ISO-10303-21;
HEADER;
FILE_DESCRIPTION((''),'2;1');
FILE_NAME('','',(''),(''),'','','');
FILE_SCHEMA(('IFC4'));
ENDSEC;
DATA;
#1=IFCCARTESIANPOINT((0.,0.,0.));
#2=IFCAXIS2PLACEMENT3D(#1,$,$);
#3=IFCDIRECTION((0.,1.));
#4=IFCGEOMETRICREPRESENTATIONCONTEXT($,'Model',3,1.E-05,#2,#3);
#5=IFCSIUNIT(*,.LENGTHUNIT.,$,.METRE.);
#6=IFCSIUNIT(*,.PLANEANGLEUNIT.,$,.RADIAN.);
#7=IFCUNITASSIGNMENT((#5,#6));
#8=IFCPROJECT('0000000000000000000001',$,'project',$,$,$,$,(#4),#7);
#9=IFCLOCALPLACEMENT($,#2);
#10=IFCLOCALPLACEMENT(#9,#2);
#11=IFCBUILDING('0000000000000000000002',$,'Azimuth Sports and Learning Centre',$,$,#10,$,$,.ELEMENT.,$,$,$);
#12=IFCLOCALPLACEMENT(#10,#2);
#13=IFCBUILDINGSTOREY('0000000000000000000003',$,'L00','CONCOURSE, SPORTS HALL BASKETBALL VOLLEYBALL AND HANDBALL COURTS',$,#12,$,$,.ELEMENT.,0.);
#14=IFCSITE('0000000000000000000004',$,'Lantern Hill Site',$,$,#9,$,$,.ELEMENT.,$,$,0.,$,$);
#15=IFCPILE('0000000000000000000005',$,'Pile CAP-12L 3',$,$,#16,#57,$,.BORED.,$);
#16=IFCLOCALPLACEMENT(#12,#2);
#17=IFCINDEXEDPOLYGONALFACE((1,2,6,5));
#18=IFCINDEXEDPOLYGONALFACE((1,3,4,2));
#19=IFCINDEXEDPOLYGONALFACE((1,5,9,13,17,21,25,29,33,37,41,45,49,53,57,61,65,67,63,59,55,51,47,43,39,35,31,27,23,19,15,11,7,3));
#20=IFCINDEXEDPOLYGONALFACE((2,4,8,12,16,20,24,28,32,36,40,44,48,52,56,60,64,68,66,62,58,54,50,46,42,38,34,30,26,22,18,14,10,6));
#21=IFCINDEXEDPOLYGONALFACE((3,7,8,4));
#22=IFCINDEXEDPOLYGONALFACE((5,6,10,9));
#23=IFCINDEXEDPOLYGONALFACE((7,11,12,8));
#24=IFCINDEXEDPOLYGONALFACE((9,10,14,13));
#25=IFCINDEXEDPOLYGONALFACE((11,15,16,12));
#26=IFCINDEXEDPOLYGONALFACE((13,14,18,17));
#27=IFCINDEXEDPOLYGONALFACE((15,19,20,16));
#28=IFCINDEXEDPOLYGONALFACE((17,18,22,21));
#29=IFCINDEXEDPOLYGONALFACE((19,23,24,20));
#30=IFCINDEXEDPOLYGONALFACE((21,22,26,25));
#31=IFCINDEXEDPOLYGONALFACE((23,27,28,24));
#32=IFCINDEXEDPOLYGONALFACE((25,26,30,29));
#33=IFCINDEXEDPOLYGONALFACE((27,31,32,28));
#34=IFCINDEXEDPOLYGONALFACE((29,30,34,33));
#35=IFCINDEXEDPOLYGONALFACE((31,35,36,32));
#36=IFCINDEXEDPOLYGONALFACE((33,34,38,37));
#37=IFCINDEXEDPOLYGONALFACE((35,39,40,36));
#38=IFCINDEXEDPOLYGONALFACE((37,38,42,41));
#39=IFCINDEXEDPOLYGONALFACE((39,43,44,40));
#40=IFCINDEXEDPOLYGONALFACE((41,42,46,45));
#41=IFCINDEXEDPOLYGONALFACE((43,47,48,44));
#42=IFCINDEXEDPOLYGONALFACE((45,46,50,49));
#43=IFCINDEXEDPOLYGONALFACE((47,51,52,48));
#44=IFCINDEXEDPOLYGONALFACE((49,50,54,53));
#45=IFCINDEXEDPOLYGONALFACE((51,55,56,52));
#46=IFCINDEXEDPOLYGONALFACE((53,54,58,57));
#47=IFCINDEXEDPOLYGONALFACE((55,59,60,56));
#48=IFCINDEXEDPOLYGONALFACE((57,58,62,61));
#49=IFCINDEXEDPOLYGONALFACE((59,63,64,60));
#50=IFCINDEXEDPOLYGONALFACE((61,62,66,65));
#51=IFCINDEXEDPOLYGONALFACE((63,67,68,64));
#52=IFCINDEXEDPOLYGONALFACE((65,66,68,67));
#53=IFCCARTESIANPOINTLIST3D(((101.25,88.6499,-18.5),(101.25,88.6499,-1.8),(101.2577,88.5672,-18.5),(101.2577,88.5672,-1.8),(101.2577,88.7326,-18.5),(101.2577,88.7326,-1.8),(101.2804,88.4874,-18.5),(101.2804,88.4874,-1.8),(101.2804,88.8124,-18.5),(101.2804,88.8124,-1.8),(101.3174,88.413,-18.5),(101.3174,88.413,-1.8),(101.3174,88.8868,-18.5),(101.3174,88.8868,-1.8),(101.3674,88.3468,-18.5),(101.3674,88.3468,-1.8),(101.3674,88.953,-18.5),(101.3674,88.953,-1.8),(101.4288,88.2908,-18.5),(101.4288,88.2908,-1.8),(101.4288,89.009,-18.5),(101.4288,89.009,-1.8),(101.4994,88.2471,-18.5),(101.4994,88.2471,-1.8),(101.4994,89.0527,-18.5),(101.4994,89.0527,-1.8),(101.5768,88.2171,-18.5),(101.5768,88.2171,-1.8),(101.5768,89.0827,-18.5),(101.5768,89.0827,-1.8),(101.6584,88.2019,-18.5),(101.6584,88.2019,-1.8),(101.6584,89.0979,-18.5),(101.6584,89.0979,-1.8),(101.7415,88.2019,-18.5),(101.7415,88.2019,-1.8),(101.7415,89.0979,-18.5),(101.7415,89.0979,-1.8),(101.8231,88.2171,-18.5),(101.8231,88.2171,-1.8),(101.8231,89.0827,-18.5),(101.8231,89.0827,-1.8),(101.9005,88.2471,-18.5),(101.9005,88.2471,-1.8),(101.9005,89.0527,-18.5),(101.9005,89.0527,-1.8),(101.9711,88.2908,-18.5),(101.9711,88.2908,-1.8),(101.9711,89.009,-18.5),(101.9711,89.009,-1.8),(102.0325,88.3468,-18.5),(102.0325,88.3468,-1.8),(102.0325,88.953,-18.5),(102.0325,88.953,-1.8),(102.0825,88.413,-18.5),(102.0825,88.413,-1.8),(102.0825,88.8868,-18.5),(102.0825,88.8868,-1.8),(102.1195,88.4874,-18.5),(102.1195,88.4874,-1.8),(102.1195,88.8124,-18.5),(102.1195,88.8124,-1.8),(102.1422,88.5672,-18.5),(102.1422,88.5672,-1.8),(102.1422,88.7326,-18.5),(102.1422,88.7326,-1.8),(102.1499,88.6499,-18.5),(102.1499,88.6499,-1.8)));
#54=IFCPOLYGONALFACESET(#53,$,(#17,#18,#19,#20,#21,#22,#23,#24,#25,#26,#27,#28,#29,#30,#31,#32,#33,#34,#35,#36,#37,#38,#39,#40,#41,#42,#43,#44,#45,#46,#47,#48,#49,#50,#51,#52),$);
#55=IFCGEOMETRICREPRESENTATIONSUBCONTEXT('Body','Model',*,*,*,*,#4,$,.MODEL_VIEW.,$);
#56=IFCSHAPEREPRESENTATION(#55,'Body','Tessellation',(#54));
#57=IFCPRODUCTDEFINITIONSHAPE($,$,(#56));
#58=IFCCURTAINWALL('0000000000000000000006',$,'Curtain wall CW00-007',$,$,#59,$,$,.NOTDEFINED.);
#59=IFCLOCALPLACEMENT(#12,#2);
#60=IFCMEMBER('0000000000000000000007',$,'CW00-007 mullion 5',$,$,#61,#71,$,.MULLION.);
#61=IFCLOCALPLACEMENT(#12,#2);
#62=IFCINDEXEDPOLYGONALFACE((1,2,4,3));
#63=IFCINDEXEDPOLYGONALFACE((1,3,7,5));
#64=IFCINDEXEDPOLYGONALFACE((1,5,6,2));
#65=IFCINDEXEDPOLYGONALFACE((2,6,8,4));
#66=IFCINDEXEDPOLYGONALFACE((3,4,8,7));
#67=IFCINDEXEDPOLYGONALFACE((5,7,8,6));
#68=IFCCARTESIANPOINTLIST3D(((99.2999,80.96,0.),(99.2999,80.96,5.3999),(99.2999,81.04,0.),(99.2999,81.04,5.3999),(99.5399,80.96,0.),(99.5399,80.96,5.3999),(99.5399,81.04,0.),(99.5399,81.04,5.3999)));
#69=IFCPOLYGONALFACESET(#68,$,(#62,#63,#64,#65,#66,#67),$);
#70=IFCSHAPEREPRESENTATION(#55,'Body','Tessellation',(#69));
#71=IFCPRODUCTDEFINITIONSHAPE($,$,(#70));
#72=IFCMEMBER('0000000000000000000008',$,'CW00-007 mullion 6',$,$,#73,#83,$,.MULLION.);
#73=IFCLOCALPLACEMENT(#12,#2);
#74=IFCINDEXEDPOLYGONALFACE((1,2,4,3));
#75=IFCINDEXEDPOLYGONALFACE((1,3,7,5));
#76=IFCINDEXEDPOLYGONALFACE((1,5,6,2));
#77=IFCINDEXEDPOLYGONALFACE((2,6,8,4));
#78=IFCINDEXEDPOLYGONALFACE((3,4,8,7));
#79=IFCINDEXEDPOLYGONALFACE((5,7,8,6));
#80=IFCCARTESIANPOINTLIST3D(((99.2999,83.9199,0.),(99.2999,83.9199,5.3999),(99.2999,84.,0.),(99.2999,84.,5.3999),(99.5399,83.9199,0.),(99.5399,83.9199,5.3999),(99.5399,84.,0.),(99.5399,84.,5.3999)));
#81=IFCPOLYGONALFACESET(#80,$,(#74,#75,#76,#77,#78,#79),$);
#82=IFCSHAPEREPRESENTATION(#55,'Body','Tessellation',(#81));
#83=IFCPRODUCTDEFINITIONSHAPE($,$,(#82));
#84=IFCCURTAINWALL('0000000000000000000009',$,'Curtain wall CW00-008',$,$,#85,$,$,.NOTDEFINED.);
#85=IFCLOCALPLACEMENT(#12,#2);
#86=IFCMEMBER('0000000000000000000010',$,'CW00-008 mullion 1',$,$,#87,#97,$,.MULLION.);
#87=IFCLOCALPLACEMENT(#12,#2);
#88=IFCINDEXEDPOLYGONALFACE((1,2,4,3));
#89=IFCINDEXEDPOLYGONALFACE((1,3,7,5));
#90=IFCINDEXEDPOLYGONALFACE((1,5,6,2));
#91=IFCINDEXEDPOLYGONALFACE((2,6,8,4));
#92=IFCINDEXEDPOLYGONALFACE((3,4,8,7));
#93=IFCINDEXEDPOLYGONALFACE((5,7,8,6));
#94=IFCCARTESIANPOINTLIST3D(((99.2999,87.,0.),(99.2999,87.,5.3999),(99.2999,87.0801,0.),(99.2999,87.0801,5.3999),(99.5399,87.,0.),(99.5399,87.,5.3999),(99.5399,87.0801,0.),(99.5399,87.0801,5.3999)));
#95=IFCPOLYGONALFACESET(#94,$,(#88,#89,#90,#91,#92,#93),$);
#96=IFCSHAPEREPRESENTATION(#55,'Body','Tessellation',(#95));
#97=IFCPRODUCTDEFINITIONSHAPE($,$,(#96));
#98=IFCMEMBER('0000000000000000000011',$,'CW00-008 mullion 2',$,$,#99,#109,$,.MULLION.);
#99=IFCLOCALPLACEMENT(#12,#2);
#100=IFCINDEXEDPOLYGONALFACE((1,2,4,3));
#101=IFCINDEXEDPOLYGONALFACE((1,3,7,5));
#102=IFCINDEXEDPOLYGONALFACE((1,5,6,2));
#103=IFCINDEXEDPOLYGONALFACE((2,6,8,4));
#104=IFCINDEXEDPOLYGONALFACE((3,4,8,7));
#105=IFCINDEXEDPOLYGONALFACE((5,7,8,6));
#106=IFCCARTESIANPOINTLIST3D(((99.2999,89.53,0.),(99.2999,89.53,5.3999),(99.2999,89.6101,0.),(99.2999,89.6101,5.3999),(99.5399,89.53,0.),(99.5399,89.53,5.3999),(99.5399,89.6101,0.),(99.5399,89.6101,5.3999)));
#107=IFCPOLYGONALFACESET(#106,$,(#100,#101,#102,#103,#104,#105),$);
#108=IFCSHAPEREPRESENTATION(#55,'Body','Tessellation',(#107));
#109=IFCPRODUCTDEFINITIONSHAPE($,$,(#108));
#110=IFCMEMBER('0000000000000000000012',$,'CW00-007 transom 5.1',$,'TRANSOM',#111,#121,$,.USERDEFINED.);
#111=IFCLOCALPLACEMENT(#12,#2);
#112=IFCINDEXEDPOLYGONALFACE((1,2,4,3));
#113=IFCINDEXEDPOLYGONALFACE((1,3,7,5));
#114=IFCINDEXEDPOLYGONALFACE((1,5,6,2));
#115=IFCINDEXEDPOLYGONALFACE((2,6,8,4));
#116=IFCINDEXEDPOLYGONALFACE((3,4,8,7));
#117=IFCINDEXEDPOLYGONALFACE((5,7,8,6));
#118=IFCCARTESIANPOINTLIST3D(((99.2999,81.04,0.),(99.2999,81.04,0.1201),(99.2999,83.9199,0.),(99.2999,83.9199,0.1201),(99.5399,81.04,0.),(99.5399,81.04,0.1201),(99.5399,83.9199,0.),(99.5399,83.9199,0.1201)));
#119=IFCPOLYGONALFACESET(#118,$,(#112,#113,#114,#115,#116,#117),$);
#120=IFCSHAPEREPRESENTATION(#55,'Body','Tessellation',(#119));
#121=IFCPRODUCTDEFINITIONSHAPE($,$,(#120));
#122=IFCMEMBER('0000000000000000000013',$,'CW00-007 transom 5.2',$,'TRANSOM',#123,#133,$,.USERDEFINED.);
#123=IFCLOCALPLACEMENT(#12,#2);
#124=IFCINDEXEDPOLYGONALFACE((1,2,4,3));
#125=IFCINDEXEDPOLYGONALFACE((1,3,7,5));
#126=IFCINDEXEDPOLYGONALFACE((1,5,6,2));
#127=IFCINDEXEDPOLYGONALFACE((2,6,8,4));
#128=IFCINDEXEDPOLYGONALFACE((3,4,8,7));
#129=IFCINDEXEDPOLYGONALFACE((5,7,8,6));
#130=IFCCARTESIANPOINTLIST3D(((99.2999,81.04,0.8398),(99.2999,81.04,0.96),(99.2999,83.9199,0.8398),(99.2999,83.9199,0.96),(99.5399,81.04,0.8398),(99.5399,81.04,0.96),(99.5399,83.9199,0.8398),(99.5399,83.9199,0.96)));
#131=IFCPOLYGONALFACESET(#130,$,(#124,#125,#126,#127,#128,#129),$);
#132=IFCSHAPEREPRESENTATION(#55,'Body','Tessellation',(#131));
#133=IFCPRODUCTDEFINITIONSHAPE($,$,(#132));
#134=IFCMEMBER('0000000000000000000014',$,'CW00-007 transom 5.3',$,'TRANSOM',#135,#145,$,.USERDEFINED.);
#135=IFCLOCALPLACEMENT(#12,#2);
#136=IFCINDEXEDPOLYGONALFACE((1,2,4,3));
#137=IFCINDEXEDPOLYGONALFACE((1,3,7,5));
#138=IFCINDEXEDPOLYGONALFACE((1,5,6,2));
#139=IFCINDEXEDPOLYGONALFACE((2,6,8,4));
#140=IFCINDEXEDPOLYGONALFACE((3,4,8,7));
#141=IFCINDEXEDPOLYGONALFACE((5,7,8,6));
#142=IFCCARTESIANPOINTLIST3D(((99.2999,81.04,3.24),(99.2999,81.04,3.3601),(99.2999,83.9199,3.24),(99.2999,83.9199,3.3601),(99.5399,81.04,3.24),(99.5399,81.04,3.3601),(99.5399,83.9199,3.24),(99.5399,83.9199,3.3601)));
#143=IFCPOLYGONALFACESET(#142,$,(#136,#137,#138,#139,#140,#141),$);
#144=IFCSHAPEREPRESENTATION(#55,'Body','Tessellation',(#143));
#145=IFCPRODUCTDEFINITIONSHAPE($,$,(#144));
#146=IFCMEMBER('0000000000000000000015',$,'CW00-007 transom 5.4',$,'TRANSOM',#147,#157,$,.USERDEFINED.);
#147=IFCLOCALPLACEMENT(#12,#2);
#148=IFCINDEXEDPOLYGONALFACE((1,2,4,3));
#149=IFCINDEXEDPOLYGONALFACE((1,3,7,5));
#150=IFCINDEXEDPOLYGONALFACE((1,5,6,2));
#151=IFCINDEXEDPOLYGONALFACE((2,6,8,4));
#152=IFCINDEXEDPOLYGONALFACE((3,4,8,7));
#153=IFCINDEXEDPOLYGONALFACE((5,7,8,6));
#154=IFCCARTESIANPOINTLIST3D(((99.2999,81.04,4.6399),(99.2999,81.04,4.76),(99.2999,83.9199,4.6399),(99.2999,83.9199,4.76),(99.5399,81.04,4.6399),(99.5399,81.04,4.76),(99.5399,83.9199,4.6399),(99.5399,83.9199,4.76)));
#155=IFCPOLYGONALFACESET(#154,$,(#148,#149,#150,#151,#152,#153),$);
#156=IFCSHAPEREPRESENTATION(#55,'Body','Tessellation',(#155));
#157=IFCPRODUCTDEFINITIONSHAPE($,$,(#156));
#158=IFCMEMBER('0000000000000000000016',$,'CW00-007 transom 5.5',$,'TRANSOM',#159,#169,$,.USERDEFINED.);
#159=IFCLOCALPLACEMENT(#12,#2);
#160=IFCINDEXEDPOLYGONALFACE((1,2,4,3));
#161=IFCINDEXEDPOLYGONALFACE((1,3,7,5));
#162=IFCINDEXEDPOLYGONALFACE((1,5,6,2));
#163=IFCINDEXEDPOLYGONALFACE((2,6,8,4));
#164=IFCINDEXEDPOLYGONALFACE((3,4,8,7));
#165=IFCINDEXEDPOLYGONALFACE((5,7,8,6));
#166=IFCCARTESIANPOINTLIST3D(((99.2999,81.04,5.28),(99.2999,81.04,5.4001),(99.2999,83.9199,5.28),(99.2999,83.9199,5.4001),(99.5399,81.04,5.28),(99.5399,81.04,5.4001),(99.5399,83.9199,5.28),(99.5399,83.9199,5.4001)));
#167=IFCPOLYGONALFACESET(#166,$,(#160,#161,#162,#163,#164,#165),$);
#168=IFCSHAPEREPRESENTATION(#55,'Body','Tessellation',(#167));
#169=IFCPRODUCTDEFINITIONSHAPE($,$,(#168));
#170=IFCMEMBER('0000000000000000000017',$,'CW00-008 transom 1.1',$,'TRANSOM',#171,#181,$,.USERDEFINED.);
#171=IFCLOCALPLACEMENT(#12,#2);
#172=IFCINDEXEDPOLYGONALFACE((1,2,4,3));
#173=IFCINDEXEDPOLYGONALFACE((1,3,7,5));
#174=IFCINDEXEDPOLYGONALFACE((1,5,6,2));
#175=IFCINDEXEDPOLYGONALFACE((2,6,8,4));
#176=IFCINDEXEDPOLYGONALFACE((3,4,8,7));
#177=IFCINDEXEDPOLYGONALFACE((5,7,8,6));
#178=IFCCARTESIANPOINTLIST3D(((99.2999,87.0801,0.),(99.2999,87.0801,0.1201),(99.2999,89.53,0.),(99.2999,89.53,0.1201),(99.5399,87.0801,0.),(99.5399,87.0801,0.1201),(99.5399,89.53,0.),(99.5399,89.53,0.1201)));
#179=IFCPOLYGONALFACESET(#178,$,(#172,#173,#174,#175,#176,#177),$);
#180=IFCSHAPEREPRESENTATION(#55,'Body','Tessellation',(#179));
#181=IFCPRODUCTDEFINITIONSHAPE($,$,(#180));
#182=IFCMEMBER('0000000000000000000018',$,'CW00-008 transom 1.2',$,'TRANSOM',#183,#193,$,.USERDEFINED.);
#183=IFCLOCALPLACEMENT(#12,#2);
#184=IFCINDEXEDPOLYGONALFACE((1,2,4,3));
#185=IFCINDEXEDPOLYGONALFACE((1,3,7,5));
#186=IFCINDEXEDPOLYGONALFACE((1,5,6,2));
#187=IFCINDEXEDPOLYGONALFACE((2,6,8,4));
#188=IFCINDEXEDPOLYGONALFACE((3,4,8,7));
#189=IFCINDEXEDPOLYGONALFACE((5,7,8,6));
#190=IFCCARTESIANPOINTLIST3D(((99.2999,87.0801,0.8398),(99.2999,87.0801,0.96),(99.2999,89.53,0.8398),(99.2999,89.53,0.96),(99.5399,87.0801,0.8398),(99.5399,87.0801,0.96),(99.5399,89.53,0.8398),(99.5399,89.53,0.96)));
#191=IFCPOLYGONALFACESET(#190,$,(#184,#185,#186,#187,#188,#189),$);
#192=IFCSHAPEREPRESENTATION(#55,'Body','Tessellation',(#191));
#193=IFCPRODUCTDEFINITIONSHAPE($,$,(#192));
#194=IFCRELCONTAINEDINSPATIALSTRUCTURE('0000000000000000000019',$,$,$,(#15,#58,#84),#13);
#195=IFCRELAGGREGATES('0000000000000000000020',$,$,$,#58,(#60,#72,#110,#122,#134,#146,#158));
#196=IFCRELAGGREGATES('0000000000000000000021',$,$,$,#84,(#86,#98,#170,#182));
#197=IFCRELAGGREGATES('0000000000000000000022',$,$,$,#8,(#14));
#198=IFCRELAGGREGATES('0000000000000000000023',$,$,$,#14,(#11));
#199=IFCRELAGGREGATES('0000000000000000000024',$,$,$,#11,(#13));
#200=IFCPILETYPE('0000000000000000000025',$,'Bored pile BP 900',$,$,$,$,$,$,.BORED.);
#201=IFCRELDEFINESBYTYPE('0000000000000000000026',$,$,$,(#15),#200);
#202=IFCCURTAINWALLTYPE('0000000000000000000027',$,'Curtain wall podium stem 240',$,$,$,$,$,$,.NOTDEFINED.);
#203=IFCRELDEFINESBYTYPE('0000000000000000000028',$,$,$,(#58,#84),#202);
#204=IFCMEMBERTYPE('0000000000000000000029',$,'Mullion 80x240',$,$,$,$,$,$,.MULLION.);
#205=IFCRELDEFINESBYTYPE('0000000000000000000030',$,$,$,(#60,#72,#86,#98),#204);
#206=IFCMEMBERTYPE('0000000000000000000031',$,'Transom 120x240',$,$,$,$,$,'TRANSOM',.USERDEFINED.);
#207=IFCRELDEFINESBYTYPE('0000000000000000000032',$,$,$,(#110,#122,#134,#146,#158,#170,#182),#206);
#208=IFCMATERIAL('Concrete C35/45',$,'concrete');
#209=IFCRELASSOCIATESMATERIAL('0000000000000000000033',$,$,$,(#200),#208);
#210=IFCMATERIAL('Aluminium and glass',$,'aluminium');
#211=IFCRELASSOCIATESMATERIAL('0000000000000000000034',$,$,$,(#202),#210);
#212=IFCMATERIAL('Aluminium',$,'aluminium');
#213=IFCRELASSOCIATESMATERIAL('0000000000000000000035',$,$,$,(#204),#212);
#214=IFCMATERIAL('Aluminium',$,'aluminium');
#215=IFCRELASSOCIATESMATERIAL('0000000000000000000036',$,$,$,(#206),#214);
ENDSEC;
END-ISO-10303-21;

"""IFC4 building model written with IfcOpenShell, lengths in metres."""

from ifc_helpers import new_model, si_unit, direction, frame, origin, origin_2d, place, context, subcontext, project, spatial, rectangle, circle, extrude, material, material_profile, profile_set, type_object, element, aggregate, save


model = new_model("IFC4")

# Units and contexts
model_context = context("Model", 3, precision=1e-05, world=origin(), true_north=direction((0.0, 1.0)))
body_context = subcontext(model_context, "Body", "Model", "MODEL_VIEW")
ifc_project = project(units=[si_unit("LENGTHUNIT", "METRE"), si_unit("PLANEANGLEUNIT", "RADIAN")], contexts=[model_context])

# Site, building, storey
site_placement = place(None, origin())
site = spatial("IfcSite", under=ifc_project, at=site_placement, Name="Lantern Hill Site", CompositionType="ELEMENT", RefElevation=0.0)
building_placement = place(site_placement, origin())
building = spatial("IfcBuilding", under=site, at=building_placement, Name="Azimuth Sports and Learning Centre", CompositionType="ELEMENT")
storey_placement = place(building_placement, origin())
storey = spatial("IfcBuildingStorey", under=building, at=storey_placement, Name="L00", Description="CONCOURSE, SPORTS HALL BASKETBALL VOLLEYBALL AND HANDBALL COURTS", CompositionType="ELEMENT", Elevation=0.0)

# Pile
ifc_material_1 = material(Name="Concrete C35/45", Category="concrete")
ifc_material_profile_1 = material_profile(ifc_material_1, circle(Radius=0.45, at=origin_2d()), Name="BP 900")
ifc_profile_set_1 = profile_set([ifc_material_profile_1], Name="Concrete C35/45")
pile_type = type_object("IfcPileType", Name="Bored pile BP 900", PredefinedType="BORED", material=ifc_profile_set_1)
pile_placement = place(storey_placement, frame((101.7, 88.6499, -1.8), z_axis=(0.0, 0.0, -1.0), x_axis=(1.0, 0.0, 0.0)))
element("IfcPile", 1, at=pile_placement, inside=storey, type_object=pile_type, Name="Pile CAP-12L 3", PredefinedType="BORED", context=body_context, shape_type="SweptSolid", body=[
    extrude(circle(Radius=0.45, at=origin_2d()), origin(), (0.0, 0.0, 1.0), 16.7),
])

# Curtain walls, members
ifc_material_2 = material(Name="Aluminium and glass", Category="aluminium")
curtain_wall_type = type_object("IfcCurtainWallType", Name="Curtain wall podium stem 240", PredefinedType="NOTDEFINED", material=ifc_material_2)
curtain_wall_1_placement = place(storey_placement, origin())
curtain_wall_1 = element("IfcCurtainWall", 2, at=curtain_wall_1_placement, inside=storey, type_object=curtain_wall_type, Name="Curtain wall CW00-007", PredefinedType="NOTDEFINED")
ifc_material_3 = material(Name="Aluminium", Category="aluminium")
ifc_material_profile_2 = material_profile(ifc_material_3, rectangle(XDim=0.24, YDim=0.0801, at=origin_2d()), Name="Mullion 80x240")
ifc_profile_set_2 = profile_set([ifc_material_profile_2], Name="Aluminium")
member_type_1 = type_object("IfcMemberType", Name="Mullion 80x240", PredefinedType="MULLION", material=ifc_profile_set_2)
member_1_placement = place(storey_placement, frame((99.4199, 81.0, 0.0), z_axis=(0.0, 0.0, 1.0), x_axis=(-1.0, 0.0, 0.0)))
member_1 = element("IfcMember", 3, at=member_1_placement, type_object=member_type_1, Name="CW00-007 mullion 5", PredefinedType="MULLION", context=body_context, shape_type="SweptSolid", body=[
    extrude(rectangle(XDim=0.24, YDim=0.0801, at=origin_2d()), origin(), (0.0, 0.0, 1.0), 5.3999),
])
member_2_placement = place(storey_placement, frame((99.4199, 83.96, 0.0), z_axis=(0.0, 0.0, 1.0), x_axis=(-1.0, 0.0, 0.0)))
member_2 = element("IfcMember", 4, at=member_2_placement, type_object=member_type_1, Name="CW00-007 mullion 6", PredefinedType="MULLION", context=body_context, shape_type="SweptSolid", body=[
    extrude(rectangle(XDim=0.24, YDim=0.0801, at=origin_2d()), origin(), (0.0, 0.0, 1.0), 5.3999),
])
curtain_wall_2_placement = place(storey_placement, origin())
curtain_wall_2 = element("IfcCurtainWall", 5, at=curtain_wall_2_placement, inside=storey, type_object=curtain_wall_type, Name="Curtain wall CW00-008", PredefinedType="NOTDEFINED")
member_3_placement = place(storey_placement, frame((99.4199, 87.04, 0.0), z_axis=(0.0, 0.0, 1.0), x_axis=(-1.0, 0.0, 0.0)))
member_3 = element("IfcMember", 6, at=member_3_placement, type_object=member_type_1, Name="CW00-008 mullion 1", PredefinedType="MULLION", context=body_context, shape_type="SweptSolid", body=[
    extrude(rectangle(XDim=0.24, YDim=0.0801, at=origin_2d()), origin(), (0.0, 0.0, 1.0), 5.3999),
])
member_4_placement = place(storey_placement, frame((99.4199, 89.5701, 0.0), z_axis=(0.0, 0.0, 1.0), x_axis=(-1.0, 0.0, 0.0)))
member_4 = element("IfcMember", 7, at=member_4_placement, type_object=member_type_1, Name="CW00-008 mullion 2", PredefinedType="MULLION", context=body_context, shape_type="SweptSolid", body=[
    extrude(rectangle(XDim=0.24, YDim=0.0801, at=origin_2d()), origin(), (0.0, 0.0, 1.0), 5.3999),
])

# Members
ifc_material_4 = material(Name="Aluminium", Category="aluminium")
ifc_material_profile_3 = material_profile(ifc_material_4, rectangle(XDim=0.24, YDim=0.1201, at=origin_2d()), Name="Transom 120x240")
ifc_profile_set_3 = profile_set([ifc_material_profile_3], Name="Aluminium")
member_type_2 = type_object("IfcMemberType", Name="Transom 120x240", ElementType="TRANSOM", PredefinedType="USERDEFINED", material=ifc_profile_set_3)
member_5_placement = place(storey_placement, frame((99.4199, 81.04, 0.0601), z_axis=(0.0, 1.0, 0.0), x_axis=(-1.0, 0.0, 0.0)))
member_5 = element("IfcMember", 8, at=member_5_placement, type_object=member_type_2, Name="CW00-007 transom 5.1", ObjectType="TRANSOM", PredefinedType="USERDEFINED", context=body_context, shape_type="SweptSolid", body=[
    extrude(rectangle(XDim=0.24, YDim=0.1201, at=origin_2d()), origin(), (0.0, 0.0, 1.0), 2.8799),
])
member_6_placement = place(storey_placement, frame((99.4199, 81.04, 0.8999), z_axis=(0.0, 1.0, 0.0), x_axis=(-1.0, 0.0, 0.0)))
member_6 = element("IfcMember", 9, at=member_6_placement, type_object=member_type_2, Name="CW00-007 transom 5.2", ObjectType="TRANSOM", PredefinedType="USERDEFINED", context=body_context, shape_type="SweptSolid", body=[
    extrude(rectangle(XDim=0.24, YDim=0.1201, at=origin_2d()), origin(), (0.0, 0.0, 1.0), 2.8799),
])
member_7_placement = place(storey_placement, frame((99.4199, 81.04, 3.3), z_axis=(0.0, 1.0, 0.0), x_axis=(-1.0, 0.0, 0.0)))
member_7 = element("IfcMember", 10, at=member_7_placement, type_object=member_type_2, Name="CW00-007 transom 5.3", ObjectType="TRANSOM", PredefinedType="USERDEFINED", context=body_context, shape_type="SweptSolid", body=[
    extrude(rectangle(XDim=0.24, YDim=0.1201, at=origin_2d()), origin(), (0.0, 0.0, 1.0), 2.8799),
])
member_8_placement = place(storey_placement, frame((99.4199, 81.04, 4.7), z_axis=(0.0, 1.0, 0.0), x_axis=(-1.0, 0.0, 0.0)))
member_8 = element("IfcMember", 11, at=member_8_placement, type_object=member_type_2, Name="CW00-007 transom 5.4", ObjectType="TRANSOM", PredefinedType="USERDEFINED", context=body_context, shape_type="SweptSolid", body=[
    extrude(rectangle(XDim=0.24, YDim=0.1201, at=origin_2d()), origin(), (0.0, 0.0, 1.0), 2.8799),
])
member_9_placement = place(storey_placement, frame((99.4199, 81.04, 5.3401), z_axis=(0.0, 1.0, 0.0), x_axis=(-1.0, 0.0, 0.0)))
member_9 = element("IfcMember", 12, at=member_9_placement, type_object=member_type_2, Name="CW00-007 transom 5.5", ObjectType="TRANSOM", PredefinedType="USERDEFINED", context=body_context, shape_type="SweptSolid", body=[
    extrude(rectangle(XDim=0.24, YDim=0.1201, at=origin_2d()), origin(), (0.0, 0.0, 1.0), 2.8799),
])
member_10_placement = place(storey_placement, frame((99.4199, 87.0801, 0.0601), z_axis=(0.0, 1.0, 0.0), x_axis=(-1.0, 0.0, 0.0)))
member_10 = element("IfcMember", 13, at=member_10_placement, type_object=member_type_2, Name="CW00-008 transom 1.1", ObjectType="TRANSOM", PredefinedType="USERDEFINED", context=body_context, shape_type="SweptSolid", body=[
    extrude(rectangle(XDim=0.24, YDim=0.1201, at=origin_2d()), origin(), (0.0, 0.0, 1.0), 2.45),
])
member_11_placement = place(storey_placement, frame((99.4199, 87.0801, 0.8999), z_axis=(0.0, 1.0, 0.0), x_axis=(-1.0, 0.0, 0.0)))
member_11 = element("IfcMember", 14, at=member_11_placement, type_object=member_type_2, Name="CW00-008 transom 1.2", ObjectType="TRANSOM", PredefinedType="USERDEFINED", context=body_context, shape_type="SweptSolid", body=[
    extrude(rectangle(XDim=0.24, YDim=0.1201, at=origin_2d()), origin(), (0.0, 0.0, 1.0), 2.45),
])

aggregate(curtain_wall_1, [member_1, member_2, member_5, member_6, member_7, member_8, member_9])
aggregate(curtain_wall_2, [member_3, member_4, member_10, member_11])

save(model, "model.ifc")
